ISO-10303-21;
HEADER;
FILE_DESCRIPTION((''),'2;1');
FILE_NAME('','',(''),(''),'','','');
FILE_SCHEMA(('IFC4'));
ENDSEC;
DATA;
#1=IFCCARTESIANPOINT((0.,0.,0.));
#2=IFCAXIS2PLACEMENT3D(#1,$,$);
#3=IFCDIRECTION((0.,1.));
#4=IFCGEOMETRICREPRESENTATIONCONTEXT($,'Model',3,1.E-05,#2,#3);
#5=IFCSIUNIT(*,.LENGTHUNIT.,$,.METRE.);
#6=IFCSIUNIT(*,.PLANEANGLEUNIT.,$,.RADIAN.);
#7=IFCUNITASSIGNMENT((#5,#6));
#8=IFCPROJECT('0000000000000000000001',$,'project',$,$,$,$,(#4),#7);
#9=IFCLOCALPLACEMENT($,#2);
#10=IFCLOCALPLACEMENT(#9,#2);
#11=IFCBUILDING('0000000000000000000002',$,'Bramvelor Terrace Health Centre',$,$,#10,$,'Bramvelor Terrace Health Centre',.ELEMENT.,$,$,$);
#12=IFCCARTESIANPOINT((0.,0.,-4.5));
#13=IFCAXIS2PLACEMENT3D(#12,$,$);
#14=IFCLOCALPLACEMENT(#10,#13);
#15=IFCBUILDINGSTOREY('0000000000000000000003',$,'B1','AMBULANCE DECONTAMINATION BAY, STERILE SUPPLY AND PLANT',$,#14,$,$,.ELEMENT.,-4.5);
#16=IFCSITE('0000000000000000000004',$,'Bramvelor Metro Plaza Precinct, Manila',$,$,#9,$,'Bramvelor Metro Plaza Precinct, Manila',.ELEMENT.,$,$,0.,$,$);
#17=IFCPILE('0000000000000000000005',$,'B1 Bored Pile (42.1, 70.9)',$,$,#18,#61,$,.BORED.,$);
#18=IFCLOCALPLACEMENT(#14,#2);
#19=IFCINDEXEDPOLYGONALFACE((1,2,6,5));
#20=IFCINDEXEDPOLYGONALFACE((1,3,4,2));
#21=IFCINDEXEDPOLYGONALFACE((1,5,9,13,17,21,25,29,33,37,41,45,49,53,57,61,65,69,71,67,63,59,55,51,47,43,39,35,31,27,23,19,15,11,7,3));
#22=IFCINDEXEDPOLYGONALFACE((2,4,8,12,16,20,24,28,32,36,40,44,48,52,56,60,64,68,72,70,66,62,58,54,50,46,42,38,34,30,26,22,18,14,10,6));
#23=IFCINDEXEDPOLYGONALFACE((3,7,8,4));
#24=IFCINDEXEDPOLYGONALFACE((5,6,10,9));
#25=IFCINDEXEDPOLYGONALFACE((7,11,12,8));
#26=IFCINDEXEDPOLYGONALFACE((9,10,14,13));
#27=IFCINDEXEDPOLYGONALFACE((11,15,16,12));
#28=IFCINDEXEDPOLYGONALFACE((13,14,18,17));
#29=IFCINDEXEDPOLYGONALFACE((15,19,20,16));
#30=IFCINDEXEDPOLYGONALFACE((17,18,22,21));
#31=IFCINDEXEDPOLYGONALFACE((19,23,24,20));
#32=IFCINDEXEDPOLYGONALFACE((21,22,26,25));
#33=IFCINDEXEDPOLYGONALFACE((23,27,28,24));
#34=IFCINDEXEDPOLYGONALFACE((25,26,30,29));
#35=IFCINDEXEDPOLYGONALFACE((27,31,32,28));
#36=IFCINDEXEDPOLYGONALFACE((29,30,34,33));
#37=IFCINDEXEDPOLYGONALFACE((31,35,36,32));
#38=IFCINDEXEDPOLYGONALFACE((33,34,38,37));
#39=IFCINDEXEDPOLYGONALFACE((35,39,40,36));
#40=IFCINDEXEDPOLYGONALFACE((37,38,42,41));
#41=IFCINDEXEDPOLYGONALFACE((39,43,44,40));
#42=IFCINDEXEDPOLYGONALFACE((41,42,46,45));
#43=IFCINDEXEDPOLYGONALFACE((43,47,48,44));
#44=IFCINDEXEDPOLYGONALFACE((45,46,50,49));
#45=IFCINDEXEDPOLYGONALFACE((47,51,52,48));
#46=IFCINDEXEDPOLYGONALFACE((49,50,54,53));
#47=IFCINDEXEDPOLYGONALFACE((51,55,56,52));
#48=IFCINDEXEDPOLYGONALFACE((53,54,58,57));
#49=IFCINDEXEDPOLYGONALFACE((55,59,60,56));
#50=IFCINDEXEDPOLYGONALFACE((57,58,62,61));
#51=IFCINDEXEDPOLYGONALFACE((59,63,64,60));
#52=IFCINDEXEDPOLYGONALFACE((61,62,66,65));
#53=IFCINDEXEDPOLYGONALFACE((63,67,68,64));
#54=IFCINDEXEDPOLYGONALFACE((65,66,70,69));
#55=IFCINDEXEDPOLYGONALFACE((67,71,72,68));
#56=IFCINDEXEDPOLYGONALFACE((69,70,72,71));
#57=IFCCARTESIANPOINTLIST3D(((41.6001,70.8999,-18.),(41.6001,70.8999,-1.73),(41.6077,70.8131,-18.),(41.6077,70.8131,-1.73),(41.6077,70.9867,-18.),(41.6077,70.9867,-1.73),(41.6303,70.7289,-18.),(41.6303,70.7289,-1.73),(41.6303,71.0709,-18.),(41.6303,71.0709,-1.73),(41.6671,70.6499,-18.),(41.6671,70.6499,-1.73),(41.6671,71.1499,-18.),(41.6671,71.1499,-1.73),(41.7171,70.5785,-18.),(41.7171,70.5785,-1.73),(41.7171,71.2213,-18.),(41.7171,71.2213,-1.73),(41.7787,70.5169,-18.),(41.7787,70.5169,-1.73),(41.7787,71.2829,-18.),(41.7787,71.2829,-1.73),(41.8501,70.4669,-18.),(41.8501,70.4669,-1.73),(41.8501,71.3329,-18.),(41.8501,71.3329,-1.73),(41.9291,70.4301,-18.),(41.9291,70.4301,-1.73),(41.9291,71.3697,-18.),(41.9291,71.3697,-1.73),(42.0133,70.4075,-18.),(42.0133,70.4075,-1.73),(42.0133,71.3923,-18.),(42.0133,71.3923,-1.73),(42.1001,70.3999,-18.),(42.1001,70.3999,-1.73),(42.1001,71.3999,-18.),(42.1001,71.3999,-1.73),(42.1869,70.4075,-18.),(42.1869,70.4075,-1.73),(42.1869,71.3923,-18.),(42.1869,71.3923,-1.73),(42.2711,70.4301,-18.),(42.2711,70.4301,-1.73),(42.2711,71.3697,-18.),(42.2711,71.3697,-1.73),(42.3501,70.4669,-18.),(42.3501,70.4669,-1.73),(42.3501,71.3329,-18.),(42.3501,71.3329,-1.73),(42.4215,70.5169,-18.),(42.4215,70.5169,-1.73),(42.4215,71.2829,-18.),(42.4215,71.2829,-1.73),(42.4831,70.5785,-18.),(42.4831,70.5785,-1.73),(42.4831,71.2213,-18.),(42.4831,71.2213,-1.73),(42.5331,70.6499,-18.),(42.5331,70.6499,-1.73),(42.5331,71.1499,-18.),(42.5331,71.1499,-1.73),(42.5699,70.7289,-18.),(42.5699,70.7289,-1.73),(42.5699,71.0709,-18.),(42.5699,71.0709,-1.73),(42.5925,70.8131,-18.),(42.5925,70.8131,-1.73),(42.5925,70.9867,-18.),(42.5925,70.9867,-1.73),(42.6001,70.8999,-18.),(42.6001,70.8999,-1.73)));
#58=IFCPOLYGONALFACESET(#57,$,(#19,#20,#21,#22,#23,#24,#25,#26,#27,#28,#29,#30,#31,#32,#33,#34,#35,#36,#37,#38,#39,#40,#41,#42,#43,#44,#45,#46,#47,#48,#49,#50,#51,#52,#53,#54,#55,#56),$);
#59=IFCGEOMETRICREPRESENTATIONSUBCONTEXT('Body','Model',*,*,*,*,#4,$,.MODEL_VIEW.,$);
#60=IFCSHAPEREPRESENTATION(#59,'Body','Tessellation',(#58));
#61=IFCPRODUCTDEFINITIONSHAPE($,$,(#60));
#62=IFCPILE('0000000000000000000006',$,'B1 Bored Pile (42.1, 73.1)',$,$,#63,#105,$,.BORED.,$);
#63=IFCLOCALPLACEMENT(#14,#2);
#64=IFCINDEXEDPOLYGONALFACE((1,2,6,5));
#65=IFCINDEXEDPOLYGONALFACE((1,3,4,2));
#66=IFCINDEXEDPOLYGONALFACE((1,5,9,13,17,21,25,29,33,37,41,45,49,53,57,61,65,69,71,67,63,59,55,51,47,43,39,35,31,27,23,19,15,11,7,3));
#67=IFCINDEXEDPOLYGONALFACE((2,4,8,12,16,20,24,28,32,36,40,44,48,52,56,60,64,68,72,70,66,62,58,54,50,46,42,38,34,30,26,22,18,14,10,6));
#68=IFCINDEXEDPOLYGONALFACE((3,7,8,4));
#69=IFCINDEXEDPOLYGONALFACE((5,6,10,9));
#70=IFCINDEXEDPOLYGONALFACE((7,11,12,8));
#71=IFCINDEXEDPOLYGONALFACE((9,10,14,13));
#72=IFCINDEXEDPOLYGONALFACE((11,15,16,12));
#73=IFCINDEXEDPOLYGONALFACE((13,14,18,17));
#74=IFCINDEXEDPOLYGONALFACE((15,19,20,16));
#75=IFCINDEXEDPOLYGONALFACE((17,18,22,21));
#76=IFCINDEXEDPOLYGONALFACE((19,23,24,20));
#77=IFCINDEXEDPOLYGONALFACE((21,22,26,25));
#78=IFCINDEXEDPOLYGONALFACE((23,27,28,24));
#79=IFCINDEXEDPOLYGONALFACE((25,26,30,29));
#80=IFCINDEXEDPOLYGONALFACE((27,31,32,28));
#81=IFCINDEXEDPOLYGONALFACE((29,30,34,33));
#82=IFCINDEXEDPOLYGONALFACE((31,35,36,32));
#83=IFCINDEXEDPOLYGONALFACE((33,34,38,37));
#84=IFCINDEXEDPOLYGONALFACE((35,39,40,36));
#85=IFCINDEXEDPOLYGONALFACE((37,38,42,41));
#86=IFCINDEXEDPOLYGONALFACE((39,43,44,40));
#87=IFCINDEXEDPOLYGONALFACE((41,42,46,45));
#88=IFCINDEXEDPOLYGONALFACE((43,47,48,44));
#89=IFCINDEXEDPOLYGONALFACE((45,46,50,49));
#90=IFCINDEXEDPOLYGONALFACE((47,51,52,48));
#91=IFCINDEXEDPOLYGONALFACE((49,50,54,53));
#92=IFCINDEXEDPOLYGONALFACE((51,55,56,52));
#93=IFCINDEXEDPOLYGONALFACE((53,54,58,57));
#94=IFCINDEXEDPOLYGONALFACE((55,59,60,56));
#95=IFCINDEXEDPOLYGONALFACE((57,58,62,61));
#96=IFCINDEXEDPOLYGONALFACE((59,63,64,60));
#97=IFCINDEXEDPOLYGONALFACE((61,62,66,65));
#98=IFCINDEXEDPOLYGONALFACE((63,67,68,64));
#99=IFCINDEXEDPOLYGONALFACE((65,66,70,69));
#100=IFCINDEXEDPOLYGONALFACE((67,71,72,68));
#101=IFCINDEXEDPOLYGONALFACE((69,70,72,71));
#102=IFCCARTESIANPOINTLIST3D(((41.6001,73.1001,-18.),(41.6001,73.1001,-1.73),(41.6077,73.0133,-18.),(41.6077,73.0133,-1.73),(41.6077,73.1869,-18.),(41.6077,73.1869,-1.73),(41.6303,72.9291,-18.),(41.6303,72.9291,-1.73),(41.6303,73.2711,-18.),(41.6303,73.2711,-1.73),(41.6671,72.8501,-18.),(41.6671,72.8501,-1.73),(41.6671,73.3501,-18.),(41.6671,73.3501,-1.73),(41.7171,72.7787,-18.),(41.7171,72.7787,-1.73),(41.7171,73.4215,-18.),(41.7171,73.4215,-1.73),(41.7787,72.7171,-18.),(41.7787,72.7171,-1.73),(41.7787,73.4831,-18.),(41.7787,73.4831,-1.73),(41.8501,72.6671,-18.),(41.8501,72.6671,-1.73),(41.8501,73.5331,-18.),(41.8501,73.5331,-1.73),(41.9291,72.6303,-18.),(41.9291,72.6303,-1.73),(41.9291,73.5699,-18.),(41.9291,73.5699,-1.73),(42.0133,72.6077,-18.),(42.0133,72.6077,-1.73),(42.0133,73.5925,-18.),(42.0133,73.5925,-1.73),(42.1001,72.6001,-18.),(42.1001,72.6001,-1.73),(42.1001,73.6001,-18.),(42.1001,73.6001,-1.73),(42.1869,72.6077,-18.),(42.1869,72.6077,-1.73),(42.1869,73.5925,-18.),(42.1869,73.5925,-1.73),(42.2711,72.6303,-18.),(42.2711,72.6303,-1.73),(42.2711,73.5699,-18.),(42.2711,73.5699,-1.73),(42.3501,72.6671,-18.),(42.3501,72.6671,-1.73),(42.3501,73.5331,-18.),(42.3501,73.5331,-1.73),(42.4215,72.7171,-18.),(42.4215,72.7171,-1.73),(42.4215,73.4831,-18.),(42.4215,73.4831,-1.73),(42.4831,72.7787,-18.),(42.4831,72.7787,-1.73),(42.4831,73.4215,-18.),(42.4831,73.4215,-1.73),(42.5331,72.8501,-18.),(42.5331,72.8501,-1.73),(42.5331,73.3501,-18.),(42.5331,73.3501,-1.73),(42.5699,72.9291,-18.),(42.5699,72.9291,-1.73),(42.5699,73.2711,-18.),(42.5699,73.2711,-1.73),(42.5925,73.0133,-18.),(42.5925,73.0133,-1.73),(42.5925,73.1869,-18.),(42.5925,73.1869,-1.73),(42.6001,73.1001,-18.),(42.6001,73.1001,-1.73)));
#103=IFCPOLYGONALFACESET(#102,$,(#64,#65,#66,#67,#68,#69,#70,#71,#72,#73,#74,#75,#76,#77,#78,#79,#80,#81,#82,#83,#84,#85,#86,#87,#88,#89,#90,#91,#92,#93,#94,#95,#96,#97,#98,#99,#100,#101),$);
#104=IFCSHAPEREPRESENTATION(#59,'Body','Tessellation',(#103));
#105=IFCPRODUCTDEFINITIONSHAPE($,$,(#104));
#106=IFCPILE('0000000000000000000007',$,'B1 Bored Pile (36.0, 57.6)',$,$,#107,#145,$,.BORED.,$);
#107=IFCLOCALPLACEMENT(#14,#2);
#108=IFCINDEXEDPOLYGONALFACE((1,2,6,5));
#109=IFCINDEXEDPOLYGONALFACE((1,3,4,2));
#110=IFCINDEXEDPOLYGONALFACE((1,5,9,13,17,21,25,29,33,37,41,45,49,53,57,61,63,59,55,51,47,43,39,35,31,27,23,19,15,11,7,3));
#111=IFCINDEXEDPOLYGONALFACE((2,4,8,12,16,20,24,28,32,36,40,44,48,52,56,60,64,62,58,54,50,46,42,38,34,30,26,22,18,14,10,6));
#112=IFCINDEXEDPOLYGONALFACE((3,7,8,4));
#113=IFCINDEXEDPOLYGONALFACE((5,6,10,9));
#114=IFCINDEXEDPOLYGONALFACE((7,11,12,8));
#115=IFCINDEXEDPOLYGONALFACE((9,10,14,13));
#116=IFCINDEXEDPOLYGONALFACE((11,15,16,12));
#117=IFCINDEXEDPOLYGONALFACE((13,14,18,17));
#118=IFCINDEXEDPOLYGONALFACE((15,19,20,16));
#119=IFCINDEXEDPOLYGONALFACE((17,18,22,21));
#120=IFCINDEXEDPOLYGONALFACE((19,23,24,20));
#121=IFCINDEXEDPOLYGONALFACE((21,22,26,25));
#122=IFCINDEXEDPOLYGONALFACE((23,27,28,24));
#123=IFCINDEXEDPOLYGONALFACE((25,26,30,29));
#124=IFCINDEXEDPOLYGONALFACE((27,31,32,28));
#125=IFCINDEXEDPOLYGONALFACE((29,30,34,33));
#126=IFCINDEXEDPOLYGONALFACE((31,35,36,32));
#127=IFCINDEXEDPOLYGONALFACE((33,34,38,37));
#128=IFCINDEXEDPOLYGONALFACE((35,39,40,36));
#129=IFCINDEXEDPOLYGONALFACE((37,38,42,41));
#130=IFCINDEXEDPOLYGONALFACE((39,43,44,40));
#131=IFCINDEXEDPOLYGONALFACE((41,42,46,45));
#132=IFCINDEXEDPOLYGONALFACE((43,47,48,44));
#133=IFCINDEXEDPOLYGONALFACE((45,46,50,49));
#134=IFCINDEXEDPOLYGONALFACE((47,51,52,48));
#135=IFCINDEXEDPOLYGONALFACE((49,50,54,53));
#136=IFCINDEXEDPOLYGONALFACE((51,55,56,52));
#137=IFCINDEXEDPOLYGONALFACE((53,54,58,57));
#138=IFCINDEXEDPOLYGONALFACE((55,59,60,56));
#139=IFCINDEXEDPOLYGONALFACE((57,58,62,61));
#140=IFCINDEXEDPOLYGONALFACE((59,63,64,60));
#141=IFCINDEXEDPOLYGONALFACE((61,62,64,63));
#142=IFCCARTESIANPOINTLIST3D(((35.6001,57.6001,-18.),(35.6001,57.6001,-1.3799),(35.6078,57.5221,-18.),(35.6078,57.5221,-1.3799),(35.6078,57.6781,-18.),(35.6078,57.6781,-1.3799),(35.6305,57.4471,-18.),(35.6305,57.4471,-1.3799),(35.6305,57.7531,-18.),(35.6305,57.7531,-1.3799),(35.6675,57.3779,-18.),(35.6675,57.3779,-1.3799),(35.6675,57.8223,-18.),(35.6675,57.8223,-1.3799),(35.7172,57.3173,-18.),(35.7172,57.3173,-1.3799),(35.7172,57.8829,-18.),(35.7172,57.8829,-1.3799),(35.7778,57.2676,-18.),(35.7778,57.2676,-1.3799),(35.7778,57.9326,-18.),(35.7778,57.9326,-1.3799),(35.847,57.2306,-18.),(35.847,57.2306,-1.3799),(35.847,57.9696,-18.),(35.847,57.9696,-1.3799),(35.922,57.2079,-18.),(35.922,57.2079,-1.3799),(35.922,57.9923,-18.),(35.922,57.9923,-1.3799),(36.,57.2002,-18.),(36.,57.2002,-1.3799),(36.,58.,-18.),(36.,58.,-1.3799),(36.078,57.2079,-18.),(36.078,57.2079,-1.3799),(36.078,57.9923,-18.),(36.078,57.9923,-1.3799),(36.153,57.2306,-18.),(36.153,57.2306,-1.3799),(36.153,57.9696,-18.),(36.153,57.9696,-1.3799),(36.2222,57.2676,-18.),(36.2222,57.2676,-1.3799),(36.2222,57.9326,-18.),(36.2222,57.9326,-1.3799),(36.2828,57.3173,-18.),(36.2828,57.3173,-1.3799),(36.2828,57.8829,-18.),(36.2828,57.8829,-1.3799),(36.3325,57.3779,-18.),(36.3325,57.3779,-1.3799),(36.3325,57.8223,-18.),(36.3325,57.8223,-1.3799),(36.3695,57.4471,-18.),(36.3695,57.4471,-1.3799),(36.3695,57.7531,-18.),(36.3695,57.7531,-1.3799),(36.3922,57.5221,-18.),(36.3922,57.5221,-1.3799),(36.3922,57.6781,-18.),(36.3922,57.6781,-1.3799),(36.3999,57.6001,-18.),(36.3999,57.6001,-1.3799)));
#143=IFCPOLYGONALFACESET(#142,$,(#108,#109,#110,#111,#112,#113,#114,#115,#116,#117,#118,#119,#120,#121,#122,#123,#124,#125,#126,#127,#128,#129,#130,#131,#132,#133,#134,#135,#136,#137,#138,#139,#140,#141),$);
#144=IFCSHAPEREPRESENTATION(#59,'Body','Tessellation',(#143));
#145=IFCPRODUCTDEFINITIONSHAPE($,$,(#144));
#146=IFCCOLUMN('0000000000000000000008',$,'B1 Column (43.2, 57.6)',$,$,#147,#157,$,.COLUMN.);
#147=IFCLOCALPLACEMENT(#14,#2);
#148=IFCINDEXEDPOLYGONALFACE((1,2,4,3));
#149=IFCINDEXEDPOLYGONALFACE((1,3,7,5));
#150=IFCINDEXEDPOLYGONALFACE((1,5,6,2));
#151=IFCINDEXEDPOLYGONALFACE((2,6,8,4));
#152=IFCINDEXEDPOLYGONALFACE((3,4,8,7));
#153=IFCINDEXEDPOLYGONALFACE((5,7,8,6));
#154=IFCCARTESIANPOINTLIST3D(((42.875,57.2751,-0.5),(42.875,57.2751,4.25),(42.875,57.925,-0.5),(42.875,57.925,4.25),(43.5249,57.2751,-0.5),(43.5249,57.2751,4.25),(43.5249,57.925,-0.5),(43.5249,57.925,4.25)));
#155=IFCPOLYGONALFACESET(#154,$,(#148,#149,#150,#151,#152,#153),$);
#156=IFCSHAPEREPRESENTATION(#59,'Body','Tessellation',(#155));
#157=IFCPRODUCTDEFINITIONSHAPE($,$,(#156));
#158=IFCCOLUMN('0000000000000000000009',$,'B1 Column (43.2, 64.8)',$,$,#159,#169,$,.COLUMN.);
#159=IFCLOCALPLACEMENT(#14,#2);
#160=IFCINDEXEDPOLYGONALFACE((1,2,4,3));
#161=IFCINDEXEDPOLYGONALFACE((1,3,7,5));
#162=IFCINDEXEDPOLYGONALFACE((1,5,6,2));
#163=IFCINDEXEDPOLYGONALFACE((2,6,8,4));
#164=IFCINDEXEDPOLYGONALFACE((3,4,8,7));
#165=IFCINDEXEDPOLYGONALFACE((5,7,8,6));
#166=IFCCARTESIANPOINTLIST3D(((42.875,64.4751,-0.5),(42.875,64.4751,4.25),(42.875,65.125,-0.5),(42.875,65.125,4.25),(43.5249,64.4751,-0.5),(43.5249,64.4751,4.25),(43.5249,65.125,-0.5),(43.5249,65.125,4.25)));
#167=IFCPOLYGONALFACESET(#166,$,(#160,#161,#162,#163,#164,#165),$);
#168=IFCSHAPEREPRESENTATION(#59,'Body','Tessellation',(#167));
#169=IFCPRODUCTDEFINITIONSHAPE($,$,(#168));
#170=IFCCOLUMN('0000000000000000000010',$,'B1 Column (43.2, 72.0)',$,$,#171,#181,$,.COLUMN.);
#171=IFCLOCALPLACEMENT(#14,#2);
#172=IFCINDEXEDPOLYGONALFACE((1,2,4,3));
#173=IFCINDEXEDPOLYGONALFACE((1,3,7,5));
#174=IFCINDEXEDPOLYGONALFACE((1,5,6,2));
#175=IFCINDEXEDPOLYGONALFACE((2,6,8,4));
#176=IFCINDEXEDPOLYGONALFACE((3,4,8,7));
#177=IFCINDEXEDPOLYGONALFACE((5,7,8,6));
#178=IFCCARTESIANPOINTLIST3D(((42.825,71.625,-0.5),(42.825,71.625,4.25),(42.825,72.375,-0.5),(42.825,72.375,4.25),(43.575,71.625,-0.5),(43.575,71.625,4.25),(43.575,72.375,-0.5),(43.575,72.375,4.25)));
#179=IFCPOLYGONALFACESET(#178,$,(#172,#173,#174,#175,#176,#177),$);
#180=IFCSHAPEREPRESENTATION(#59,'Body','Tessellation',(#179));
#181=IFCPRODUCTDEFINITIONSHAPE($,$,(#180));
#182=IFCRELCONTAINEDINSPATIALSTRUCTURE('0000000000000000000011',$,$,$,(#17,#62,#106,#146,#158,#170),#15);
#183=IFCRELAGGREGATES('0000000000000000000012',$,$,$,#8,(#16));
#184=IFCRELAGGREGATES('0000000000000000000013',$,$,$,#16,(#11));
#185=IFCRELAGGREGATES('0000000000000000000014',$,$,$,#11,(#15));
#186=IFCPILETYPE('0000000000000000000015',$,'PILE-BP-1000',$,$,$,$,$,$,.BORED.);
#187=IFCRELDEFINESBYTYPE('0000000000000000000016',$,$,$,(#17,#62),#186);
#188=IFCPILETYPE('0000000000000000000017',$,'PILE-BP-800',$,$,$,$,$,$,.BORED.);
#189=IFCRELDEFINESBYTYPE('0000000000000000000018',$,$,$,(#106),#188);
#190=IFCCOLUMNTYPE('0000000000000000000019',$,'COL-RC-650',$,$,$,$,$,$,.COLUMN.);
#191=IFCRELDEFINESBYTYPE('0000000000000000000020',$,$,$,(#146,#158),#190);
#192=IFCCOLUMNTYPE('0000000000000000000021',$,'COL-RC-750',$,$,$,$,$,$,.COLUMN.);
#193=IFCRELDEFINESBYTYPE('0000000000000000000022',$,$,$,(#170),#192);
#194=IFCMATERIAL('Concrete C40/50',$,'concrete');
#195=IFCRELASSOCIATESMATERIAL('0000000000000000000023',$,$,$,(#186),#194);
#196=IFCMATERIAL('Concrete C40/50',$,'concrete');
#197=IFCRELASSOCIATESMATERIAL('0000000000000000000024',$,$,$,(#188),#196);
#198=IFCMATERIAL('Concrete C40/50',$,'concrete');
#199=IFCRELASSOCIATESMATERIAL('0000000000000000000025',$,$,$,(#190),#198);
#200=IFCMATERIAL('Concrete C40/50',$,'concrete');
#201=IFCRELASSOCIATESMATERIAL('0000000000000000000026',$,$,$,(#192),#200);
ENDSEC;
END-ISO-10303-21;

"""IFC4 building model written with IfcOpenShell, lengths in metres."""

from ifc_helpers import new_model, si_unit, direction, frame, origin, origin_2d, place, context, subcontext, project, spatial, rectangle, circle, extrude, material, material_profile, profile_set, type_object, element, save


model = new_model("IFC4")

# Units and contexts
model_context = context("Model", 3, precision=1e-05, world=origin(), true_north=direction((0.0, 1.0)))
body_context = subcontext(model_context, "Body", "Model", "MODEL_VIEW")
ifc_project = project(units=[si_unit("LENGTHUNIT", "METRE"), si_unit("PLANEANGLEUNIT", "RADIAN")], contexts=[model_context])

# Site, building, storey
site_placement = place(None, origin())
site = spatial("IfcSite", under=ifc_project, at=site_placement, Name="Bramvelor Metro Plaza Precinct, Manila", LongName="Bramvelor Metro Plaza Precinct, Manila", CompositionType="ELEMENT", RefElevation=0.0)
building_placement = place(site_placement, origin())
building = spatial("IfcBuilding", under=site, at=building_placement, Name="Bramvelor Terrace Health Centre", LongName="Bramvelor Terrace Health Centre", CompositionType="ELEMENT")
storey_placement = place(building_placement, frame((0.0, 0.0, -4.5)))
storey = spatial("IfcBuildingStorey", under=building, at=storey_placement, Name="B1", Description="AMBULANCE DECONTAMINATION BAY, STERILE SUPPLY AND PLANT", CompositionType="ELEMENT", Elevation=-4.5)

# Piles
ifc_material_1 = material(Name="Concrete C40/50", Category="concrete")
ifc_material_profile_1 = material_profile(ifc_material_1, circle(Radius=0.5, at=origin_2d()), Name="BP D1000")
ifc_profile_set_1 = profile_set([ifc_material_profile_1], Name="Concrete C40/50")
pile_type_1 = type_object("IfcPileType", Name="PILE-BP-1000", PredefinedType="BORED", material=ifc_profile_set_1)
for number, where, z_axis, x_axis, name in (
    (1, (42.1001, 70.8999, -1.73), (0.0, 0.0, -1.0), (1.0, 0.0, 0.0), "B1 Bored Pile (42.1, 70.9)"),
    (2, (42.1001, 73.1001, -1.73), (0.0, 0.0, -1.0), (1.0, 0.0, 0.0), "B1 Bored Pile (42.1, 73.1)"),
):
    element("IfcPile", number, at=place(storey_placement, frame(where, z_axis=z_axis, x_axis=x_axis)), inside=storey, type_object=pile_type_1, Name=name, PredefinedType="BORED", context=body_context, shape_type="SweptSolid", body=[
        extrude(circle(Radius=0.5, at=origin_2d()), origin(), (0.0, 0.0, 1.0), 16.27),
    ])
ifc_material_2 = material(Name="Concrete C40/50", Category="concrete")
ifc_material_profile_2 = material_profile(ifc_material_2, circle(Radius=0.3999, at=origin_2d()), Name="BP D800")
ifc_profile_set_2 = profile_set([ifc_material_profile_2], Name="Concrete C40/50")
pile_type_2 = type_object("IfcPileType", Name="PILE-BP-800", PredefinedType="BORED", material=ifc_profile_set_2)
pile_placement = place(storey_placement, frame((36.0, 57.6001, -1.3799), z_axis=(0.0, 0.0, -1.0), x_axis=(1.0, 0.0, 0.0)))
element("IfcPile", 3, at=pile_placement, inside=storey, type_object=pile_type_2, Name="B1 Bored Pile (36.0, 57.6)", PredefinedType="BORED", context=body_context, shape_type="SweptSolid", body=[
    extrude(circle(Radius=0.3999, at=origin_2d()), origin(), (0.0, 0.0, 1.0), 16.6201),
])

# Columns
ifc_material_3 = material(Name="Concrete C40/50", Category="concrete")
ifc_material_profile_3 = material_profile(ifc_material_3, rectangle(XDim=0.6499, YDim=0.6499, at=origin_2d()), Name="RC 650x650")
ifc_profile_set_3 = profile_set([ifc_material_profile_3], Name="Concrete C40/50")
column_type_1 = type_object("IfcColumnType", Name="COL-RC-650", PredefinedType="COLUMN", material=ifc_profile_set_3)
for number, where, z_axis, x_axis, name in (
    (4, (43.2, 57.6001, -0.5), (0.0, 0.0, 1.0), (1.0, 0.0, 0.0), "B1 Column (43.2, 57.6)"),
    (5, (43.2, 64.8, -0.5), (0.0, 0.0, 1.0), (1.0, 0.0, 0.0), "B1 Column (43.2, 64.8)"),
):
    element("IfcColumn", number, at=place(storey_placement, frame(where, z_axis=z_axis, x_axis=x_axis)), inside=storey, type_object=column_type_1, Name=name, PredefinedType="COLUMN", context=body_context, shape_type="SweptSolid", body=[
        extrude(rectangle(XDim=0.6499, YDim=0.6499, at=origin_2d()), origin(), (0.0, 0.0, 1.0), 4.75),
    ])
ifc_material_4 = material(Name="Concrete C40/50", Category="concrete")
ifc_material_profile_4 = material_profile(ifc_material_4, rectangle(XDim=0.75, YDim=0.75, at=origin_2d()), Name="RC 750x750")
ifc_profile_set_4 = profile_set([ifc_material_profile_4], Name="Concrete C40/50")
column_type_2 = type_object("IfcColumnType", Name="COL-RC-750", PredefinedType="COLUMN", material=ifc_profile_set_4)
column_1_placement = place(storey_placement, frame((43.2, 72.0, -0.5), z_axis=(0.0, 0.0, 1.0), x_axis=(1.0, 0.0, 0.0)))
element("IfcColumn", 6, at=column_1_placement, inside=storey, type_object=column_type_2, Name="B1 Column (43.2, 72.0)", PredefinedType="COLUMN", context=body_context, shape_type="SweptSolid", body=[
    extrude(rectangle(XDim=0.75, YDim=0.75, at=origin_2d()), origin(), (0.0, 0.0, 1.0), 4.75),
])

save(model, "model.ifc")
